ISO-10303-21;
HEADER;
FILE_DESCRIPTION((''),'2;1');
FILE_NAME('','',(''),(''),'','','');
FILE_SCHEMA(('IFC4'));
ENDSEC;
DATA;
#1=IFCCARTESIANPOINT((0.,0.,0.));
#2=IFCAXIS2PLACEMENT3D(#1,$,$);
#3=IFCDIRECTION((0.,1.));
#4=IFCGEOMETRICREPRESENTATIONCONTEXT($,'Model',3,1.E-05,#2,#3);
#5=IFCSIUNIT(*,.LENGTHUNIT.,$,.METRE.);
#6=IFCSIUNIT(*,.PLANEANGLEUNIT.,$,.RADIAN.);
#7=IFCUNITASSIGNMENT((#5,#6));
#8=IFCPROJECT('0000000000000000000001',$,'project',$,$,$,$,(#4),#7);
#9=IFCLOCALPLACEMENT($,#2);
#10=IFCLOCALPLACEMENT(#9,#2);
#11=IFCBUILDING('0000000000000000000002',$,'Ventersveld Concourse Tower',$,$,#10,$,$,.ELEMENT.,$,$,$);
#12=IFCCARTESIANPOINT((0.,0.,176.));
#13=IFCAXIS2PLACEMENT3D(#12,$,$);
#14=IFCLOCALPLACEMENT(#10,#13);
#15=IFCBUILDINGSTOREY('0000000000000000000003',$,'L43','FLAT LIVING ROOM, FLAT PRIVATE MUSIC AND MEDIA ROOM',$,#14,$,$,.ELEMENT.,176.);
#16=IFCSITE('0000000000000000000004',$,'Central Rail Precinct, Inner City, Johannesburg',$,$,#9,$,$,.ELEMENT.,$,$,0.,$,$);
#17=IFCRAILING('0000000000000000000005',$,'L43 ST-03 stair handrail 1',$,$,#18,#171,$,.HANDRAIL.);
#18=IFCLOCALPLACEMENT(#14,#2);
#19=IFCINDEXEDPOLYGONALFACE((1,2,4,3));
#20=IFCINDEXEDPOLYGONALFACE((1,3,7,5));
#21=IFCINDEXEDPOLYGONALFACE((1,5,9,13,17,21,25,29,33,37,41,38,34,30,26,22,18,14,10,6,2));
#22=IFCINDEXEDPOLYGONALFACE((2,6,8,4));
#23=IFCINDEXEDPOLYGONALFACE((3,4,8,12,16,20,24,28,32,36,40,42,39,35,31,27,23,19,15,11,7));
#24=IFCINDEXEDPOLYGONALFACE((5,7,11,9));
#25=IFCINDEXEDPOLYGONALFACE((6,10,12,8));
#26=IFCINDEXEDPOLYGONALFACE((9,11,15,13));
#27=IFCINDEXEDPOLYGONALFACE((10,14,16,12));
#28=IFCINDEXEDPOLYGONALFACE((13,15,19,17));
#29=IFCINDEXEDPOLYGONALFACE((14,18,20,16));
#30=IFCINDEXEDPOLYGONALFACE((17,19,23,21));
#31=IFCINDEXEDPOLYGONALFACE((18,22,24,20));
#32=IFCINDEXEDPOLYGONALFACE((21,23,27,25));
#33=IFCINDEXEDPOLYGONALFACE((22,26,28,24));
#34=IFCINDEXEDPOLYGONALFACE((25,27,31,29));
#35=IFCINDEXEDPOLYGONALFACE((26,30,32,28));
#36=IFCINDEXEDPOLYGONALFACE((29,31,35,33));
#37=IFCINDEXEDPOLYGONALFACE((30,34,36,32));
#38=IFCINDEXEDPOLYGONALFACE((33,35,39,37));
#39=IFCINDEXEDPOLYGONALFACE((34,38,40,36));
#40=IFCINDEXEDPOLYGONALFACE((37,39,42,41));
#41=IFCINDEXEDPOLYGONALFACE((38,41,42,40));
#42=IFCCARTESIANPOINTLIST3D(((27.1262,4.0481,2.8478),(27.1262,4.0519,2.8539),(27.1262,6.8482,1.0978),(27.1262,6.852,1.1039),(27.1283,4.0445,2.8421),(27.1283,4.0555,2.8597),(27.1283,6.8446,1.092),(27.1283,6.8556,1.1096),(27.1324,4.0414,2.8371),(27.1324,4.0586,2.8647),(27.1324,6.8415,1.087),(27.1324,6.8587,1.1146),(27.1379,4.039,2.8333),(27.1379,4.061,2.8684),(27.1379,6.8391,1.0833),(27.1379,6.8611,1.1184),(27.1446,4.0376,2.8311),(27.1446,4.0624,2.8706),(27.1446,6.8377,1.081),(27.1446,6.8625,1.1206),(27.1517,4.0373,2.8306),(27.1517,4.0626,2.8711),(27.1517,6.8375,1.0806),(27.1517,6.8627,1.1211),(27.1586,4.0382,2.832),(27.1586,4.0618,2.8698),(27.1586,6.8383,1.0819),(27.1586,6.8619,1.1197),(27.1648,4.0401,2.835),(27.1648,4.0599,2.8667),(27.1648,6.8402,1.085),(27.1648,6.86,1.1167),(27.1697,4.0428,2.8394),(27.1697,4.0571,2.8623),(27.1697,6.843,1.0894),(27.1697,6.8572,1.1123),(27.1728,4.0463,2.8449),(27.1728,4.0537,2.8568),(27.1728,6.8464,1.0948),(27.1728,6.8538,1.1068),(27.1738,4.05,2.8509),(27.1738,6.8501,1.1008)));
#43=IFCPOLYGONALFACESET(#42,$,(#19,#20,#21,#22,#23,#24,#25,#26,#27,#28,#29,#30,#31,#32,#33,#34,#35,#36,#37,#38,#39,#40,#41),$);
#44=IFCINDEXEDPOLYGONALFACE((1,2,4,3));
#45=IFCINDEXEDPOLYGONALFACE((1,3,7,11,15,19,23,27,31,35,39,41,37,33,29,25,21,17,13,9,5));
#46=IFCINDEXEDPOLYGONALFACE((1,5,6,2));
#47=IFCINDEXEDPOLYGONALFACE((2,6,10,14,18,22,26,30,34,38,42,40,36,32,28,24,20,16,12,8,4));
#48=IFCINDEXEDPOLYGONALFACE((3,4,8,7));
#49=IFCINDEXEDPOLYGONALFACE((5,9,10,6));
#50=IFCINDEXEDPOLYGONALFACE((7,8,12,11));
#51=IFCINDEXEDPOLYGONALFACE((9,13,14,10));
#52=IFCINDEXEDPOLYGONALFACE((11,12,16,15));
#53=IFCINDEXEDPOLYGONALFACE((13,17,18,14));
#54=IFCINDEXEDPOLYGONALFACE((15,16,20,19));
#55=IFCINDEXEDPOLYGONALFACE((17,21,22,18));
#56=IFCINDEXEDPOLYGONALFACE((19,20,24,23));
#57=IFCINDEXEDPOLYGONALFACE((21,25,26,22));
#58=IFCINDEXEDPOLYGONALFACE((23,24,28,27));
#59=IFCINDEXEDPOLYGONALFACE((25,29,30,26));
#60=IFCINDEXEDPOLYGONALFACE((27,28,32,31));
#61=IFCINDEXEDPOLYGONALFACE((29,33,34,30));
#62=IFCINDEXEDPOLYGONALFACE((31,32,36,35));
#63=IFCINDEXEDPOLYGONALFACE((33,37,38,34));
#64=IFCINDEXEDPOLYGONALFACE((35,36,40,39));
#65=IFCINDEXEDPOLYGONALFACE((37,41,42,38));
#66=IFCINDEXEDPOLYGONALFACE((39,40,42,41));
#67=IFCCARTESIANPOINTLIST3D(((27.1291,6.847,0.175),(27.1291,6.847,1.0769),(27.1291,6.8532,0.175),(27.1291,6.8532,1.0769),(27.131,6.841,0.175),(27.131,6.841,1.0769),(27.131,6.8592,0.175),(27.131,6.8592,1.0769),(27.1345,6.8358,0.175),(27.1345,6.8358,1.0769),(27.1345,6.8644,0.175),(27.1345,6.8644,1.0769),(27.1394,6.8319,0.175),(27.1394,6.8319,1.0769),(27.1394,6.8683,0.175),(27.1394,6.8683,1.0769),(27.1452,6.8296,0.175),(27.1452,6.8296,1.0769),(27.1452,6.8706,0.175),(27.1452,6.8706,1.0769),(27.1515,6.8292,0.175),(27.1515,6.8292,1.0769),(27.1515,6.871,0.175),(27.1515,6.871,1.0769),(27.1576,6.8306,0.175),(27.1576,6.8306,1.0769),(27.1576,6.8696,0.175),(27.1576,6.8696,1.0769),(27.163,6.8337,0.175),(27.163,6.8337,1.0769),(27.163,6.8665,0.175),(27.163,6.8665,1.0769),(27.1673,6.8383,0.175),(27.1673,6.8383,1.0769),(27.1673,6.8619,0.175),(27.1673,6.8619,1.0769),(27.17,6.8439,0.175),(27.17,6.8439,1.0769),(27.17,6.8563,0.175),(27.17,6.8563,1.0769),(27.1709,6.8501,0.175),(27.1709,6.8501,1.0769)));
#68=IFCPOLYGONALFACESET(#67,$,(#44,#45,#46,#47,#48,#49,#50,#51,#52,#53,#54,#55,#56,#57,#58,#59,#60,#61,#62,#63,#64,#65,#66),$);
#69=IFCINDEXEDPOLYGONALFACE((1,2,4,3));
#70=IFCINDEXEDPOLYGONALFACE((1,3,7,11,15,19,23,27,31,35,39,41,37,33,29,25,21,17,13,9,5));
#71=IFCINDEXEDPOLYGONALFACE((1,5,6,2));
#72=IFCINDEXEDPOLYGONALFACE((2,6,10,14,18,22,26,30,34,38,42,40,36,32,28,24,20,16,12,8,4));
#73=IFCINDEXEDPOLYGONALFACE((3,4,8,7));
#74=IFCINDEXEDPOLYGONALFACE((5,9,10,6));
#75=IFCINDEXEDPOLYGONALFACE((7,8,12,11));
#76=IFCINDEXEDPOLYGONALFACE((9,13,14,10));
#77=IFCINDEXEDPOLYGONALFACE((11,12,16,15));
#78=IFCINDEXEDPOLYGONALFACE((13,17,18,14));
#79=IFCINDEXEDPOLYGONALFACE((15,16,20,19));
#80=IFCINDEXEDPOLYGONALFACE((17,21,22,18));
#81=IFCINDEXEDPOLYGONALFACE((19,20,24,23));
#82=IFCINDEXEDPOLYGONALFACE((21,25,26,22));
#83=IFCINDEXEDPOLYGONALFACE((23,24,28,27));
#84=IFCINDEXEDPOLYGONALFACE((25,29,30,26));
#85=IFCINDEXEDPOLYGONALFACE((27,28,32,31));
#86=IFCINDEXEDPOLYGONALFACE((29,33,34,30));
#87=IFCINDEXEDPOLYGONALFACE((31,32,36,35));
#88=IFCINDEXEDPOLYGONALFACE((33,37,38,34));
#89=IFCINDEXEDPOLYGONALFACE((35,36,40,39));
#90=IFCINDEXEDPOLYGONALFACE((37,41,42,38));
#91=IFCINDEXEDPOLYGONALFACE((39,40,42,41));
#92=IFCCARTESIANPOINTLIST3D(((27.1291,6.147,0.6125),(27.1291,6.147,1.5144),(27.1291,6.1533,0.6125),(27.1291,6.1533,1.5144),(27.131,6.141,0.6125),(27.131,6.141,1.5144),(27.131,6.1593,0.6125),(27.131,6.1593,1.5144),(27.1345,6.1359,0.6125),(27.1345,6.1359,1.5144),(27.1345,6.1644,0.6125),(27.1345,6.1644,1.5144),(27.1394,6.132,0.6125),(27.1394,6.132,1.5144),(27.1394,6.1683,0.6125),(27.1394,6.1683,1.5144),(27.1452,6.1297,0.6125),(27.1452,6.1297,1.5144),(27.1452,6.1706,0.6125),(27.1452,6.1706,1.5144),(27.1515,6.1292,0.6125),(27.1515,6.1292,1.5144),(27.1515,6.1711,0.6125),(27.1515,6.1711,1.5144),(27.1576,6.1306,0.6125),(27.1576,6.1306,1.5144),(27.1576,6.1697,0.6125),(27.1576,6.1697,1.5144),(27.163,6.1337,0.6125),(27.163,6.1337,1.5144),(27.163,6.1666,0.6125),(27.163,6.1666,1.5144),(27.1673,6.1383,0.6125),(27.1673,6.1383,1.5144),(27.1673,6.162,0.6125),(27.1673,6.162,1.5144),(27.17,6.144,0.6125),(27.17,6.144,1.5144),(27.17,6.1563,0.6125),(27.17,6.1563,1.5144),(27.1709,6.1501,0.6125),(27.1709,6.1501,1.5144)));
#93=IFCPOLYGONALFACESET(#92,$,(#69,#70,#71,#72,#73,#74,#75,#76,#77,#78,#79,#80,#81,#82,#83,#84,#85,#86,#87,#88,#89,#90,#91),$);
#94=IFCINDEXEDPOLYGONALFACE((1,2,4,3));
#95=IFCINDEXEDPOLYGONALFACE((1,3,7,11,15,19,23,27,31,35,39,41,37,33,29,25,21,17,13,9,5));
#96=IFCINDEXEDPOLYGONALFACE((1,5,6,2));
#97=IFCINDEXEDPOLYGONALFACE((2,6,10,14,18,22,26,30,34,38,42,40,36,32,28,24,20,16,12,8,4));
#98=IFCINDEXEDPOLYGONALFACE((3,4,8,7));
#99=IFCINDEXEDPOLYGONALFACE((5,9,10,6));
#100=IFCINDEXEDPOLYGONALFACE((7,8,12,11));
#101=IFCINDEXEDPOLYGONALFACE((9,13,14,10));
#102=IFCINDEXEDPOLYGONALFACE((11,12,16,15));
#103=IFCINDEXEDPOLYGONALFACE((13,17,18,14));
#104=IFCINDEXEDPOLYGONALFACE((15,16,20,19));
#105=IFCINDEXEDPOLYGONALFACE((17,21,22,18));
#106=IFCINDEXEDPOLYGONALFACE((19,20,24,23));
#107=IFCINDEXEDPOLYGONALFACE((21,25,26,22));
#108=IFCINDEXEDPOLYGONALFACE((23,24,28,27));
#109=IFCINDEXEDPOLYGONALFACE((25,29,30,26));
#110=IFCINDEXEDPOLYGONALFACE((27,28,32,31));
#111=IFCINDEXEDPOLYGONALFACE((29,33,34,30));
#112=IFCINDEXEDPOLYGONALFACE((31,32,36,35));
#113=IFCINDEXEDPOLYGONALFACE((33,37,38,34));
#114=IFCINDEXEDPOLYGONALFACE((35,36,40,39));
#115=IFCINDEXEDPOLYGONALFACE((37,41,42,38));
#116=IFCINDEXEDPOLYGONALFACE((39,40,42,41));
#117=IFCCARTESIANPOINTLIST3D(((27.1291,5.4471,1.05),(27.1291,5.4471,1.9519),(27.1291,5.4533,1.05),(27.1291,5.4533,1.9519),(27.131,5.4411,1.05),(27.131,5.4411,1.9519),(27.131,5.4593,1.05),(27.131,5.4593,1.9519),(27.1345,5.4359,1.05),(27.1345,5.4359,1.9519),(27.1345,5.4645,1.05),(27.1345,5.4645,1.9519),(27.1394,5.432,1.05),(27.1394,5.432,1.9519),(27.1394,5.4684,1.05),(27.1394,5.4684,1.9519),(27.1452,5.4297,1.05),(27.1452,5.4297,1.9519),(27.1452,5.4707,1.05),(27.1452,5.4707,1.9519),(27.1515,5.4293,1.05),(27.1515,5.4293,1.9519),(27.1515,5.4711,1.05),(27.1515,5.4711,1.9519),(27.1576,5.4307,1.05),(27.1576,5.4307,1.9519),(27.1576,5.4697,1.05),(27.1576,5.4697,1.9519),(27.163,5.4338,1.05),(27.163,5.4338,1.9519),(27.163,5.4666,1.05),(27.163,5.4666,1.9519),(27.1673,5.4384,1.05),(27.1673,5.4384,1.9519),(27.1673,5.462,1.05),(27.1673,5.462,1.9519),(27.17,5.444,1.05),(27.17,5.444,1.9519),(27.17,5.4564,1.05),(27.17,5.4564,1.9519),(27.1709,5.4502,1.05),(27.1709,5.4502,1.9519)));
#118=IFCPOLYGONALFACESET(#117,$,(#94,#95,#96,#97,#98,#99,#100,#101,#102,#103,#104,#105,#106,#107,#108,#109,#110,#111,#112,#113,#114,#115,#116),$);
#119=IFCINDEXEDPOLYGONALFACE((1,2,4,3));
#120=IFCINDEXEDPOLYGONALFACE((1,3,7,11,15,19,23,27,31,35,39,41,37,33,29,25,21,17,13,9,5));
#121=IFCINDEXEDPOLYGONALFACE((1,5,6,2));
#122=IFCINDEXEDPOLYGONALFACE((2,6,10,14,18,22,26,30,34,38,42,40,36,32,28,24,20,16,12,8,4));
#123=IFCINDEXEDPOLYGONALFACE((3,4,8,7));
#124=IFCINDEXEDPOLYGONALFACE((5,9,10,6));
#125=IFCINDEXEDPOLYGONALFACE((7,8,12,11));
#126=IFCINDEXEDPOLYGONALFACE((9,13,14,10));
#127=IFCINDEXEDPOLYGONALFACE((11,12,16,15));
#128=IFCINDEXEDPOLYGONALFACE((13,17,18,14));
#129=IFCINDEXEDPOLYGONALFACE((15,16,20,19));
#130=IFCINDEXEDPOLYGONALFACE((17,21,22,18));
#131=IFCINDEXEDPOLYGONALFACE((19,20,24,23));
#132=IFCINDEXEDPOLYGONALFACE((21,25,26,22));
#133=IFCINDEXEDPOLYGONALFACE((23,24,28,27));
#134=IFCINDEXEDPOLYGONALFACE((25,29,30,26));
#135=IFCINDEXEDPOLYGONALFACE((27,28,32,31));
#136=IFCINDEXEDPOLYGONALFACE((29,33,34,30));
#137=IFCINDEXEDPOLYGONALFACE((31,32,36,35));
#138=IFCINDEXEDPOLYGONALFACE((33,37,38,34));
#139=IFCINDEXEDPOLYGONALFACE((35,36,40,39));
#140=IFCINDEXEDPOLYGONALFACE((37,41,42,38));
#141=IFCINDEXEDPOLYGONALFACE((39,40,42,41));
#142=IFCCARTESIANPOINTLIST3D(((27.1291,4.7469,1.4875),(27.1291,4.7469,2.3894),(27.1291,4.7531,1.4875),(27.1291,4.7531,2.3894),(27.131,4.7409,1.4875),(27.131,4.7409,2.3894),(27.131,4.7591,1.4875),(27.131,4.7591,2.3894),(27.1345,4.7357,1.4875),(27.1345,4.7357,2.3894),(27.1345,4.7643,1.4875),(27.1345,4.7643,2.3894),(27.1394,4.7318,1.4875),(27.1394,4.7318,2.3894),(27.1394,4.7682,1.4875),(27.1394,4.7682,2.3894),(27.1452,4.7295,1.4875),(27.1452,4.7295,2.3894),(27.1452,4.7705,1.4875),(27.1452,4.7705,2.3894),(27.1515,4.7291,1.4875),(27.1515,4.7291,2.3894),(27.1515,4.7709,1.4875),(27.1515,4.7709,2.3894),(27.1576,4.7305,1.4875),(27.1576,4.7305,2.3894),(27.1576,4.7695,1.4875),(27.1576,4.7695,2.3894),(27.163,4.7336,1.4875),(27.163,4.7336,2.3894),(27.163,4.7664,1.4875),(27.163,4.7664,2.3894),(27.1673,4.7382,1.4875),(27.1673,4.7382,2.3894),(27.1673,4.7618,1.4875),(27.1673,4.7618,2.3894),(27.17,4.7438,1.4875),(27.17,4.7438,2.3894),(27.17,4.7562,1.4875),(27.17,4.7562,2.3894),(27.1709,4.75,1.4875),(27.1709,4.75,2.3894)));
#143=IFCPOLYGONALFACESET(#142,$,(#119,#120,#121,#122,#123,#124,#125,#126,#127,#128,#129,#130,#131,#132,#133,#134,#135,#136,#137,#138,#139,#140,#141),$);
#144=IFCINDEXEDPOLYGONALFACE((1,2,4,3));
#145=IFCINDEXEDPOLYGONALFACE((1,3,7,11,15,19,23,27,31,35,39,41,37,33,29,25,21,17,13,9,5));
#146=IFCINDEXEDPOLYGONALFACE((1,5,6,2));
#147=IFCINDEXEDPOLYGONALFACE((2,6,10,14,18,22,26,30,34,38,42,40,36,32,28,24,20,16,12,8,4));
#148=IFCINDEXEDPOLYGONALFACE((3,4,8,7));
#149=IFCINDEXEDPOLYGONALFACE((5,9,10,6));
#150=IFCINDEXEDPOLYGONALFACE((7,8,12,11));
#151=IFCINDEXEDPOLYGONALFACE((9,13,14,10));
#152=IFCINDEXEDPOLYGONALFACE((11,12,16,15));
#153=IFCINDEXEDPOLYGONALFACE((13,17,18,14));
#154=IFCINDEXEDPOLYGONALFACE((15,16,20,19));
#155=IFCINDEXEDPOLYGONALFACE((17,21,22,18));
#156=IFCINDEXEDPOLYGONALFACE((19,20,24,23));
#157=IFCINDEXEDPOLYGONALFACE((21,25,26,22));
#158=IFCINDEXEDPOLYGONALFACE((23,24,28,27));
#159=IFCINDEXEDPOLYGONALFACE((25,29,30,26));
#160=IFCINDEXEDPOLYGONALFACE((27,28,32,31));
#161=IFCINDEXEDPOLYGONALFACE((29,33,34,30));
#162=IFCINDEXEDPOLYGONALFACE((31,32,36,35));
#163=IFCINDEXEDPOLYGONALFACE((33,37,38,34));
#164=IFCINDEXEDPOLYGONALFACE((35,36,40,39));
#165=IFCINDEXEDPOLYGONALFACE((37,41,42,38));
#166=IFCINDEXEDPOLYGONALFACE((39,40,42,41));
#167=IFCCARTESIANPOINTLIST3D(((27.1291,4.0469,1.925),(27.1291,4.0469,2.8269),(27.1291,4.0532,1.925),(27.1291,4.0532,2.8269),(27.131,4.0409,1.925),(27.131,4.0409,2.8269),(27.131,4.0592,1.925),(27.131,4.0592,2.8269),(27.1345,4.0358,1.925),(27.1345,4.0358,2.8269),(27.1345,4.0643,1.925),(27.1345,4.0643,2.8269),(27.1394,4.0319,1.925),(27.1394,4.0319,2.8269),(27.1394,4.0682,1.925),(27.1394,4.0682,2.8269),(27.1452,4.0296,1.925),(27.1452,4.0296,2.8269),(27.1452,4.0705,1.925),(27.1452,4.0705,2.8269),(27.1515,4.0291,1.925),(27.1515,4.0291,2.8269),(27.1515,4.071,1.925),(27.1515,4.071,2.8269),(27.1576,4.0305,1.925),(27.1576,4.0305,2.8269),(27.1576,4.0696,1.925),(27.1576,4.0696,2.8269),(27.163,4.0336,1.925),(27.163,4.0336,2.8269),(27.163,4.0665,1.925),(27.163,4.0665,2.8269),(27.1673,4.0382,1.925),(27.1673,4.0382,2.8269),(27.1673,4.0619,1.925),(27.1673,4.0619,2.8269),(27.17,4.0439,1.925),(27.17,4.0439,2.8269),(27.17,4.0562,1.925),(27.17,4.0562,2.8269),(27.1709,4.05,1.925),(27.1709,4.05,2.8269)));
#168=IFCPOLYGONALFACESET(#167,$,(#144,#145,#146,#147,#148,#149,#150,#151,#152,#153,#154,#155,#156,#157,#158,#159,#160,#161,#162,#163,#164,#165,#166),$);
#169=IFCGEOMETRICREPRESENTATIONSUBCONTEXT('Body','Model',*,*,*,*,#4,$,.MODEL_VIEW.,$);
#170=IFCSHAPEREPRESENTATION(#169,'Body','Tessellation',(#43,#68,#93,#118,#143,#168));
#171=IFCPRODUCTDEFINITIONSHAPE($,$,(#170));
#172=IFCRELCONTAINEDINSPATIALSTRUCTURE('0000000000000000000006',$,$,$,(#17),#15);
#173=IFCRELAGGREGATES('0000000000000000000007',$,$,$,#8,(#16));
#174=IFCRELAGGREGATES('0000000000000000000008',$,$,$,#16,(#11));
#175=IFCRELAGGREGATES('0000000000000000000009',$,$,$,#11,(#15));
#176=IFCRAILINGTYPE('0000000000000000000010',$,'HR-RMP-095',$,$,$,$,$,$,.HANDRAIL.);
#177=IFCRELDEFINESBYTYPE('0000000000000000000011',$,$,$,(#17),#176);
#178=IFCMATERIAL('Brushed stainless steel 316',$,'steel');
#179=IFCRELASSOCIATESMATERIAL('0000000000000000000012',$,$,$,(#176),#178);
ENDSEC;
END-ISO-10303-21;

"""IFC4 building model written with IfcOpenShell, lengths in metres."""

from ifc_helpers import new_model, si_unit, direction, frame, origin, origin_2d, place, context, subcontext, project, spatial, circle, extrude, material, type_object, element, save


model = new_model("IFC4")

# Units and contexts
model_context = context("Model", 3, precision=1e-05, world=origin(), true_north=direction((0.0, 1.0)))
body_context = subcontext(model_context, "Body", "Model", "MODEL_VIEW")
ifc_project = project(units=[si_unit("LENGTHUNIT", "METRE"), si_unit("PLANEANGLEUNIT", "RADIAN")], contexts=[model_context])

# Site, building, storey
site_placement = place(None, origin())
site = spatial("IfcSite", under=ifc_project, at=site_placement, Name="Central Rail Precinct, Inner City, Johannesburg", CompositionType="ELEMENT", RefElevation=0.0)
building_placement = place(site_placement, origin())
building = spatial("IfcBuilding", under=site, at=building_placement, Name="Ventersveld Concourse Tower", CompositionType="ELEMENT")
storey_placement = place(building_placement, frame((0.0, 0.0, 176.0)))
storey = spatial("IfcBuildingStorey", under=building, at=storey_placement, Name="L43", Description="FLAT LIVING ROOM, FLAT PRIVATE MUSIC AND MEDIA ROOM", CompositionType="ELEMENT", Elevation=176.0)

# Shared definitions
ifc_material_1 = material(Name="Brushed stainless steel 316", Category="steel")

# Railing
railing_type_1 = type_object("IfcRailingType", Name="HR-RMP-095", PredefinedType="HANDRAIL", material=ifc_material_1)
railing_1_placement = place(storey_placement, frame((27.1499, 6.8501, 0.175)))
element("IfcRailing", 1, at=railing_1_placement, inside=storey, type_object=railing_type_1, Name="L43 ST-03 stair handrail 1", PredefinedType="HANDRAIL", context=body_context, shape_type="SweptSolid", body=[
    extrude(circle(Radius=0.0239, at=origin_2d()), frame((0.0, 0.0, 0.9258), z_axis=(0.0, -0.848002, 0.529992), x_axis=(1.0, 0.0, 0.0)), (0.0, 0.0, 1.0), 3.302),
    extrude(circle(Radius=0.021, at=origin_2d()), origin(), (0.0, 0.0, 1.0), 0.9019),
    extrude(circle(Radius=0.021, at=origin_2d()), frame((0.0, -0.7, 0.4375)), (0.0, 0.0, 1.0), 0.9019),
    extrude(circle(Radius=0.021, at=origin_2d()), frame((0.0, -1.3999, 0.875)), (0.0, 0.0, 1.0), 0.9019),
    extrude(circle(Radius=0.021, at=origin_2d()), frame((0.0, -2.1001, 1.3125)), (0.0, 0.0, 1.0), 0.9019),
    extrude(circle(Radius=0.021, at=origin_2d()), frame((0.0, -2.8, 1.75)), (0.0, 0.0, 1.0), 0.9019),
])

save(model, "model.ifc")
